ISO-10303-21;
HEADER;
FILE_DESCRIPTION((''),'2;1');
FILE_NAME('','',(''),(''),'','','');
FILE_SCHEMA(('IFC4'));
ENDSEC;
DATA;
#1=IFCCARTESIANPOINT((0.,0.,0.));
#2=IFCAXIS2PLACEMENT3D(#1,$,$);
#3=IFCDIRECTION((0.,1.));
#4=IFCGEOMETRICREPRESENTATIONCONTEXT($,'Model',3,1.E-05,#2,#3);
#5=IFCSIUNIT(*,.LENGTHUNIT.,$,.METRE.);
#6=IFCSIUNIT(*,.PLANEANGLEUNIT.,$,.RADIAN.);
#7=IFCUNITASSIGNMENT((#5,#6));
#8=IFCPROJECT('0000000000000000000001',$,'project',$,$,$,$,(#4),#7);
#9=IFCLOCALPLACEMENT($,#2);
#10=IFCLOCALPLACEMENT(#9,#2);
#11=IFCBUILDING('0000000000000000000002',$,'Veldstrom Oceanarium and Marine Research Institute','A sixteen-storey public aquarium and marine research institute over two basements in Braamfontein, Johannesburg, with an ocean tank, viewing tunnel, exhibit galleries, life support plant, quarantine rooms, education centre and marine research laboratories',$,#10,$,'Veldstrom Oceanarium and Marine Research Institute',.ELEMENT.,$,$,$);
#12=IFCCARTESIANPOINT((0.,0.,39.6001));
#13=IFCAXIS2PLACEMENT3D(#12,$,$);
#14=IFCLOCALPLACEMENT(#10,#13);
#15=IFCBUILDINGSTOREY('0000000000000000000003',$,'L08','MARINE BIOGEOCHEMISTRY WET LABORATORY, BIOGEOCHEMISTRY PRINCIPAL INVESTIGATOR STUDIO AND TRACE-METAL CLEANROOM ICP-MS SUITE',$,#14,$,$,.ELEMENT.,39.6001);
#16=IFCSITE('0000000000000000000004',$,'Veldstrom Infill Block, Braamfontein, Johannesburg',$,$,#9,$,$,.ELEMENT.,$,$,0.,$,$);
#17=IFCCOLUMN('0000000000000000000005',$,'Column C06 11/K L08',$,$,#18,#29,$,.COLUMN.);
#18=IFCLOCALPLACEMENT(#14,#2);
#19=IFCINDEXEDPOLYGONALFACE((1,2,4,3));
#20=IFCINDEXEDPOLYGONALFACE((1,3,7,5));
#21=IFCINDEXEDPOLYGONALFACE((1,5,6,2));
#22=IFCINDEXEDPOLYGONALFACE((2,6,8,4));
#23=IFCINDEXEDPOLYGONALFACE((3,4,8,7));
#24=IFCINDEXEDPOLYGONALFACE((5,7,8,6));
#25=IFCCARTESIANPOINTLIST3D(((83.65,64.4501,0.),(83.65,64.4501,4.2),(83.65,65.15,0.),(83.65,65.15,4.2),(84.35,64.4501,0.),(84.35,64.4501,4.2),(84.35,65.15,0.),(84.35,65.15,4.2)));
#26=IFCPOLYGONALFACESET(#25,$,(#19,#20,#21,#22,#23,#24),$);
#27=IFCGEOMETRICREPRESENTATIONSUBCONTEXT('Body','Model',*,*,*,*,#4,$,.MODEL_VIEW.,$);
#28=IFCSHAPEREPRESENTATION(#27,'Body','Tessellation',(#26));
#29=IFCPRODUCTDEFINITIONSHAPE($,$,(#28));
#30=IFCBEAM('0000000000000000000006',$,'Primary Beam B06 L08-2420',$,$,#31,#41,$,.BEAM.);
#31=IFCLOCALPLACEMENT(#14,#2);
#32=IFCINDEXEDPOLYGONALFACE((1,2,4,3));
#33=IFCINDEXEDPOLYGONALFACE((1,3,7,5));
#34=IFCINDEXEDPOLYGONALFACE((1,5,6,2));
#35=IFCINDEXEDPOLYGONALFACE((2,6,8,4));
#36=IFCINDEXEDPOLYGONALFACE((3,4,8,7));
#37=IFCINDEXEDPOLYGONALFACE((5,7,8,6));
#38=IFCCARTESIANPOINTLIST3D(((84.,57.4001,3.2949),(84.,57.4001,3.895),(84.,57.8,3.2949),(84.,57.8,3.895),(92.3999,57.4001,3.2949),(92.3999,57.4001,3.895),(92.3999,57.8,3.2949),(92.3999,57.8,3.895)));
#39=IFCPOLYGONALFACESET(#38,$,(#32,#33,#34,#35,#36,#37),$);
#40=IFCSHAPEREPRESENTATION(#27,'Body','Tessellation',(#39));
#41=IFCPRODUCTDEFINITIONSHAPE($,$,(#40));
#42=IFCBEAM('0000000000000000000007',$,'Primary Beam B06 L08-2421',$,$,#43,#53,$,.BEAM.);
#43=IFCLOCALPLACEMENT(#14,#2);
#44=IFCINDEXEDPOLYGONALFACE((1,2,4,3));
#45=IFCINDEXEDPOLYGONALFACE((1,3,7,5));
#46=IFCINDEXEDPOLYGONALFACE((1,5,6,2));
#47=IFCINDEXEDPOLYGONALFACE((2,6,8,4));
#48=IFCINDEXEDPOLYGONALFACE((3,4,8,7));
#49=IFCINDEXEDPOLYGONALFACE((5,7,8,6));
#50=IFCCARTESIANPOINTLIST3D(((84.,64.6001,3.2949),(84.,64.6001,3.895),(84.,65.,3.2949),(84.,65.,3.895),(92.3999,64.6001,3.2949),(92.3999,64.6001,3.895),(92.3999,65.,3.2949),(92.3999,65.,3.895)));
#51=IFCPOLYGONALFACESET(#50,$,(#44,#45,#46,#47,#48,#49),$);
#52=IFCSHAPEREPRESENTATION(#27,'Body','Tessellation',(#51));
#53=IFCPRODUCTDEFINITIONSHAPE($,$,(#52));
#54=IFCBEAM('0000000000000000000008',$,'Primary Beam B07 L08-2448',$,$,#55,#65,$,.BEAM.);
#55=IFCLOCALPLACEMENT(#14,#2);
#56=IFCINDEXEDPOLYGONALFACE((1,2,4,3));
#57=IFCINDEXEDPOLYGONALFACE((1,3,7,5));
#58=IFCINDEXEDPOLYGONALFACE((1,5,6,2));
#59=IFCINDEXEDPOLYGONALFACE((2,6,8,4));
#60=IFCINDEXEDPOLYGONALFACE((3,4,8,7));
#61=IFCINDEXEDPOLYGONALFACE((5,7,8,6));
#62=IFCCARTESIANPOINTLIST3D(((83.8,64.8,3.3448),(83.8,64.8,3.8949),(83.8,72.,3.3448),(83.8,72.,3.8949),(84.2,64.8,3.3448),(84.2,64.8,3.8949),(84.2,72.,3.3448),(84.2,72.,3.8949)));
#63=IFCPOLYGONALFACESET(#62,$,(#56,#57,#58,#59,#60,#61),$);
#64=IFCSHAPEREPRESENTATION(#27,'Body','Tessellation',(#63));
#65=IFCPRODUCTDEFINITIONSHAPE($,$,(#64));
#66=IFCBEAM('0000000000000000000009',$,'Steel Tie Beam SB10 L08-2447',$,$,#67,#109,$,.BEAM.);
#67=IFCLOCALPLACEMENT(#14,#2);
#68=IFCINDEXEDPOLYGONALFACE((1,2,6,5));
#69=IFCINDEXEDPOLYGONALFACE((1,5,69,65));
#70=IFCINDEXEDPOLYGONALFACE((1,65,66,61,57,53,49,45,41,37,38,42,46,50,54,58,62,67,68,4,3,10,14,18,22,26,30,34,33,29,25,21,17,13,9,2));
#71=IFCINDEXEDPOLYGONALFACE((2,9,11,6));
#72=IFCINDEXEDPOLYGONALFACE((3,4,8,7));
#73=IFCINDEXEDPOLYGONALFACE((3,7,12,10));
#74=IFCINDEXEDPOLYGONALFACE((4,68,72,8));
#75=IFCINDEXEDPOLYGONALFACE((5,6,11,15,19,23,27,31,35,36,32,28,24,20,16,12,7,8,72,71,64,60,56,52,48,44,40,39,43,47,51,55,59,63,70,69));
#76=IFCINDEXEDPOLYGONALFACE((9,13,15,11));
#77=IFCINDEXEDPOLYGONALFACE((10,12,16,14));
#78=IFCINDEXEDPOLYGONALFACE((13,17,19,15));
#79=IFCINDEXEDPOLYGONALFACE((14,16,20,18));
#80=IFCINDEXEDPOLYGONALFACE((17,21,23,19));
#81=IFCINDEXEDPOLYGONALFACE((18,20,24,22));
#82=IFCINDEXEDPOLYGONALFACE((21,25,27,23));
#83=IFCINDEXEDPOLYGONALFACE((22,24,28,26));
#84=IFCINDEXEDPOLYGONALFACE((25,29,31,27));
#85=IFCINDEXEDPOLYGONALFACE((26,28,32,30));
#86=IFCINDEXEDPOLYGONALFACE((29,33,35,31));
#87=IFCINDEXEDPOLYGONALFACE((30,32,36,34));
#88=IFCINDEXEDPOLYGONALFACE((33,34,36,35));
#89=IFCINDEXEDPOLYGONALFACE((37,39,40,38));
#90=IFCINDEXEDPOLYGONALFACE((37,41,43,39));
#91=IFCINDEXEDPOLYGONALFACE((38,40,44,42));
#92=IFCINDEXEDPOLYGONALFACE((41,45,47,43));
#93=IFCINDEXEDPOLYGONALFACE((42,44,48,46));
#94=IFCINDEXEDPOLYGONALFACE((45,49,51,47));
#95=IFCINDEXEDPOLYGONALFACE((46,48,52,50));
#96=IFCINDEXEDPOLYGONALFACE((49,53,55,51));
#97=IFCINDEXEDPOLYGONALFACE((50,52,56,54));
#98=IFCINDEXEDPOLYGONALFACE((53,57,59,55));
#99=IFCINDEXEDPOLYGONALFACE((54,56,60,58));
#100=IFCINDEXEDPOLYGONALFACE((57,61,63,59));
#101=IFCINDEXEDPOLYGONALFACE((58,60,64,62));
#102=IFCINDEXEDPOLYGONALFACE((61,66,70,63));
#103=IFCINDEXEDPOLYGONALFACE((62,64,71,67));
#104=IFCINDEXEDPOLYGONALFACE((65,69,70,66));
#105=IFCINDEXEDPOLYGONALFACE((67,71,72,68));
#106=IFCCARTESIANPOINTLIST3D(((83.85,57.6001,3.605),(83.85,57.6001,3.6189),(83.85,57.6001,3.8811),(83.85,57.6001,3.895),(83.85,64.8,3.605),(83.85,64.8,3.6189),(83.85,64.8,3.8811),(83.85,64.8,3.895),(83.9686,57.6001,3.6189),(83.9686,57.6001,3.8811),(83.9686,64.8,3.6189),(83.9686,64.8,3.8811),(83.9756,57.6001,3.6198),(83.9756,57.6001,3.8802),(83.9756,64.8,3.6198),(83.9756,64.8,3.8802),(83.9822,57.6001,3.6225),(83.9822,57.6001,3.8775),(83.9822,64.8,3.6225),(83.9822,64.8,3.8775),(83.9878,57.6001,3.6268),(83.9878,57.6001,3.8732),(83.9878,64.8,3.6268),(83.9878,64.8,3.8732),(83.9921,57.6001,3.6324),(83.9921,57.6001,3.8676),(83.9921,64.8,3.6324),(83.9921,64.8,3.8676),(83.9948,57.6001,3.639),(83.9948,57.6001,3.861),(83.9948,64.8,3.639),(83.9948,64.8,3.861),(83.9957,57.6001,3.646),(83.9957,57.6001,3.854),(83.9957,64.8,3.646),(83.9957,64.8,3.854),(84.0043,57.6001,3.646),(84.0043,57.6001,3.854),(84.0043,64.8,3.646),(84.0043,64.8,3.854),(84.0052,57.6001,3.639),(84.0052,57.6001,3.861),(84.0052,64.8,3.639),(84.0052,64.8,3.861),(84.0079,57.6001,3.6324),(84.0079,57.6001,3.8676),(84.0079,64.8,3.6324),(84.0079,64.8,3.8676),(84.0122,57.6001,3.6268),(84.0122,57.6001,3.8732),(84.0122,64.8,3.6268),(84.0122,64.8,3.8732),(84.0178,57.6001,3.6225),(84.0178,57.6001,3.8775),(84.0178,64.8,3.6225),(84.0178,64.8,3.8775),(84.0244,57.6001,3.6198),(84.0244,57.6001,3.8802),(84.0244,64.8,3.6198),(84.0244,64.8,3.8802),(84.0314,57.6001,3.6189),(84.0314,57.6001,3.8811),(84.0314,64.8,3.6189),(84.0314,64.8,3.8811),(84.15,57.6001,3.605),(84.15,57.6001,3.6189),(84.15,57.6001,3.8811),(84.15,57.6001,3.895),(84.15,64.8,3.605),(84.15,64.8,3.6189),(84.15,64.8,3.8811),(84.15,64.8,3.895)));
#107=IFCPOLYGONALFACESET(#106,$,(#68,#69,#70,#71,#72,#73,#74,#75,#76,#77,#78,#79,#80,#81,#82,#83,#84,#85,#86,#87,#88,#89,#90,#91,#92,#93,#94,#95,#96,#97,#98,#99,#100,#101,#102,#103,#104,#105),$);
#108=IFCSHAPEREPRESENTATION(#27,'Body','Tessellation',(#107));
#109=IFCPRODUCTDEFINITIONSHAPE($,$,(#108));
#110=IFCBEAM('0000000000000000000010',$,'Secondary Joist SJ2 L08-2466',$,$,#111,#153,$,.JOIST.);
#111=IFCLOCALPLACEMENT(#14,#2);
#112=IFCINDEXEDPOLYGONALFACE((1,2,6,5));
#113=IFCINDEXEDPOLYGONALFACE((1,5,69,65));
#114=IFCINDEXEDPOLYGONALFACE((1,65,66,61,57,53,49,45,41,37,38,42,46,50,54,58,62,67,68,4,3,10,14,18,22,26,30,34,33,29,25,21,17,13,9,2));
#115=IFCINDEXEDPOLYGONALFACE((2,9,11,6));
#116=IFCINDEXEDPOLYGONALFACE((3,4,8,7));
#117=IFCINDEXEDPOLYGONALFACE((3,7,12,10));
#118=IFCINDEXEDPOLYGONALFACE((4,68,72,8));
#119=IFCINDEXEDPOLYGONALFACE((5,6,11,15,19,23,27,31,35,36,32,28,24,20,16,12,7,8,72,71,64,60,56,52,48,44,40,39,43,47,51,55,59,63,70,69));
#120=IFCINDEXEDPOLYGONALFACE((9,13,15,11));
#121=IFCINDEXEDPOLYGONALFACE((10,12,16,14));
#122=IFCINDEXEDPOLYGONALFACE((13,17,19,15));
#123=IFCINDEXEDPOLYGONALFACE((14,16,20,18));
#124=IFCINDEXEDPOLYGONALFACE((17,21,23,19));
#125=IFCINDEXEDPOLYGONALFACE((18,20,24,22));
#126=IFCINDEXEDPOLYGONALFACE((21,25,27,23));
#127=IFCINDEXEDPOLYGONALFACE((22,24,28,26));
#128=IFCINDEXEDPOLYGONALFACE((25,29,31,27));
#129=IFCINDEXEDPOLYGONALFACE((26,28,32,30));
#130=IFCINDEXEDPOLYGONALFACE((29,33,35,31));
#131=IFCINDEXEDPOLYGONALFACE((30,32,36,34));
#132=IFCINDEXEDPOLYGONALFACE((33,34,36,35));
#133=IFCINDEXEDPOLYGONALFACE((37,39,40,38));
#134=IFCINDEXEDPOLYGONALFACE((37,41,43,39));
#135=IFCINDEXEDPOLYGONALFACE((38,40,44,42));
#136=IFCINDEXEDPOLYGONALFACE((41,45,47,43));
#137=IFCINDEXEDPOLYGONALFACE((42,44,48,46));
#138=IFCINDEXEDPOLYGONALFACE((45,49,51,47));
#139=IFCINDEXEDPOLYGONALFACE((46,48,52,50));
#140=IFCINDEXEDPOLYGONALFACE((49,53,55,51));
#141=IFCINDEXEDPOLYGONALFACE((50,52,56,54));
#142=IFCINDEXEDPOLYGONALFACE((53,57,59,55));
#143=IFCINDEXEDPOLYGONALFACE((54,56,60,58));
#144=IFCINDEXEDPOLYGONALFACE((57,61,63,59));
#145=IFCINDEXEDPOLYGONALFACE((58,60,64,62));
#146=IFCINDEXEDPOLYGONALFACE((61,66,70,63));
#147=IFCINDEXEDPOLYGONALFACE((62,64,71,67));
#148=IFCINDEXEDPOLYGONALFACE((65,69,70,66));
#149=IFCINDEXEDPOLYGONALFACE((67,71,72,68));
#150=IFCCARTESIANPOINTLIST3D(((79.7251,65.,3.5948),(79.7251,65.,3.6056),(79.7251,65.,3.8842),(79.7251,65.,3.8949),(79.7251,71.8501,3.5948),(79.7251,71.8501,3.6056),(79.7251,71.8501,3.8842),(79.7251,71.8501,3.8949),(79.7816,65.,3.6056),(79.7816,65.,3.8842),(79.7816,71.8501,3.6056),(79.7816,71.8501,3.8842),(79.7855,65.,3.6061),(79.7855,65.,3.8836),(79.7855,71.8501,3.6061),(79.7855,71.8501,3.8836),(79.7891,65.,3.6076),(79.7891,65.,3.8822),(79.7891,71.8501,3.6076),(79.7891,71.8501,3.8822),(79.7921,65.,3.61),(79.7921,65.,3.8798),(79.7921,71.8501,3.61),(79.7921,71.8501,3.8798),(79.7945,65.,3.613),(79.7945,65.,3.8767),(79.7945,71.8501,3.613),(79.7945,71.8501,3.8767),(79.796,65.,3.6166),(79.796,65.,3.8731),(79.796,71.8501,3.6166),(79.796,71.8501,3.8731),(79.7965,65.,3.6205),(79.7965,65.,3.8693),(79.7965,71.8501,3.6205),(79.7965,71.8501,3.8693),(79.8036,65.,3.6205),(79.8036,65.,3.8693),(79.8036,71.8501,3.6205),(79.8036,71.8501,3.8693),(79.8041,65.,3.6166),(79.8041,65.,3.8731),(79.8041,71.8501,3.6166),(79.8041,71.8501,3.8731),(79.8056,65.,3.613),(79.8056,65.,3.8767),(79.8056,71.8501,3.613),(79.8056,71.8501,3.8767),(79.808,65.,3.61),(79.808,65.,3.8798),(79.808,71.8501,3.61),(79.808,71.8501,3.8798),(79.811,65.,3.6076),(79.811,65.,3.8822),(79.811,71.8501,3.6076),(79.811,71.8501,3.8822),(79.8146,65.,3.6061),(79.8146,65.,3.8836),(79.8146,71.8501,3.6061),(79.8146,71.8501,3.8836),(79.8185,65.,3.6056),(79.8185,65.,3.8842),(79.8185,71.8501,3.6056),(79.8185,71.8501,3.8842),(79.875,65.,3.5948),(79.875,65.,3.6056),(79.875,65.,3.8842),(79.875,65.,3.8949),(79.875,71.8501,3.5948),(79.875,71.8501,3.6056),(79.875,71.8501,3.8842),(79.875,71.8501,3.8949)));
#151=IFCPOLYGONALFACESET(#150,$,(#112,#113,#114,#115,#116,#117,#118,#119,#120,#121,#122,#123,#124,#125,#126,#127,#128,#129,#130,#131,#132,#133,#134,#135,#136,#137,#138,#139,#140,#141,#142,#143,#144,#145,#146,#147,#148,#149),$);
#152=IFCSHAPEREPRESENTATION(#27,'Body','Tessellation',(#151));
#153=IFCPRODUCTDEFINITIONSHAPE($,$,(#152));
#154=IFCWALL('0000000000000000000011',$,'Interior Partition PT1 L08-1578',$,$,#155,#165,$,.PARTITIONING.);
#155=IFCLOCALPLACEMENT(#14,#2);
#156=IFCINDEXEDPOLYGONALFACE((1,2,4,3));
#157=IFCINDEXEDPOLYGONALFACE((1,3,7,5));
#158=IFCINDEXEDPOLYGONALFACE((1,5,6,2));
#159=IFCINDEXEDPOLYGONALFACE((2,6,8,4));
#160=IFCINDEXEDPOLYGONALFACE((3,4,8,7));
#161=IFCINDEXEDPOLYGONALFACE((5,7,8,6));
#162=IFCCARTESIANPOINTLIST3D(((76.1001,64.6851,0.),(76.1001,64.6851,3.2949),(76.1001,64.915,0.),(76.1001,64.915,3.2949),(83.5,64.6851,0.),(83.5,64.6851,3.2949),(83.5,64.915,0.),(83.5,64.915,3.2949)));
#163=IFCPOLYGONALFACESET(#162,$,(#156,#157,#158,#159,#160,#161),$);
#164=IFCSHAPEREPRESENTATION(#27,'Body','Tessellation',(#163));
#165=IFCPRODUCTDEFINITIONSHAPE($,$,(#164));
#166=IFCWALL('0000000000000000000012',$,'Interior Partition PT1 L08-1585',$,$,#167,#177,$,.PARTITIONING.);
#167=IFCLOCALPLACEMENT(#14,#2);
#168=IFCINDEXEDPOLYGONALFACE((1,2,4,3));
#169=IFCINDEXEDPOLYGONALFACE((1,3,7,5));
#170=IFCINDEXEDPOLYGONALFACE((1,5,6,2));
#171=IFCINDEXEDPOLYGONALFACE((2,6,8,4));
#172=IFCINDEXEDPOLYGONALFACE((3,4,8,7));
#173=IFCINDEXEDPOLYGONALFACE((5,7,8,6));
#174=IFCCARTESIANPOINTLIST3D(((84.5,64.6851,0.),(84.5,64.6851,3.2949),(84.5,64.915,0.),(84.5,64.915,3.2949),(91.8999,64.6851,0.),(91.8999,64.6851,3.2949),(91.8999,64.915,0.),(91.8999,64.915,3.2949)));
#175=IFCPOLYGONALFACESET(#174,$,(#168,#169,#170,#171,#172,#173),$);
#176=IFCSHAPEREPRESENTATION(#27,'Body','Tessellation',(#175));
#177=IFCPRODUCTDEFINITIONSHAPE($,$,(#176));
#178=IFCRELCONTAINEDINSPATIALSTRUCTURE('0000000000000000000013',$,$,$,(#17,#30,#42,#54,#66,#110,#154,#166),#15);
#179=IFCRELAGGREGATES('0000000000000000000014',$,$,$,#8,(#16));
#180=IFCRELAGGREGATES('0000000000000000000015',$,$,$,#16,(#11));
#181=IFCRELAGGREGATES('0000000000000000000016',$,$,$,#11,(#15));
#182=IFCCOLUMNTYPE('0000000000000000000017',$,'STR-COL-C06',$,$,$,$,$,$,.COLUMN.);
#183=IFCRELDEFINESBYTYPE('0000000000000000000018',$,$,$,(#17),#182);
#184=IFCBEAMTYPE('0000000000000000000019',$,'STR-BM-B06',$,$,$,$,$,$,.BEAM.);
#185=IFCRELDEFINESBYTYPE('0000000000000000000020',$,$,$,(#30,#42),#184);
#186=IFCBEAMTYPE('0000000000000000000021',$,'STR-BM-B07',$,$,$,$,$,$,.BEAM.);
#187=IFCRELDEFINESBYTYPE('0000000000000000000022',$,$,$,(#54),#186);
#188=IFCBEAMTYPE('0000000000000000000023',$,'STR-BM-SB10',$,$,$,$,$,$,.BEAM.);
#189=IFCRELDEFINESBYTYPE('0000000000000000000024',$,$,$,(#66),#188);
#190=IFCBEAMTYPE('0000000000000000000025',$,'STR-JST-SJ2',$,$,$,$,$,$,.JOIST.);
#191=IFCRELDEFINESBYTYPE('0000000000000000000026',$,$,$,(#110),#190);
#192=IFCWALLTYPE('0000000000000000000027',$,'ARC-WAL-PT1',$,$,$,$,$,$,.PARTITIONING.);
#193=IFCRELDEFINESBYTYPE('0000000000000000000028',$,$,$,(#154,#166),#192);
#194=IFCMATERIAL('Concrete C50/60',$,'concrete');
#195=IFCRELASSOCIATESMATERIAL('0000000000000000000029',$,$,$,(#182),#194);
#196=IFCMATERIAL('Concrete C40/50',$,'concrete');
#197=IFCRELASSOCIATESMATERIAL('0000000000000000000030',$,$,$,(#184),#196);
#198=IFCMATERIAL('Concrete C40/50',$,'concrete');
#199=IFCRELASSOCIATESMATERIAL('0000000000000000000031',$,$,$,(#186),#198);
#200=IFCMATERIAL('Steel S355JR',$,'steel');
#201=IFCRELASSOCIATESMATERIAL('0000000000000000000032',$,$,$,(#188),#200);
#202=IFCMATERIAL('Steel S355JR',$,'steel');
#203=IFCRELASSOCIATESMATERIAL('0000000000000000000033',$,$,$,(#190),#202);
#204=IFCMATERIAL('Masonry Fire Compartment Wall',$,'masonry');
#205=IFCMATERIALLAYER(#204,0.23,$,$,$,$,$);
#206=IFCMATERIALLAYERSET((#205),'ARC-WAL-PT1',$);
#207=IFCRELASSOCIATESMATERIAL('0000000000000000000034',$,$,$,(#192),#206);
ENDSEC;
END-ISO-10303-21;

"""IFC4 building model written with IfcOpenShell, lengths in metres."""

from ifc_helpers import new_model, si_unit, direction, frame, frame_2d, origin, origin_2d, place, context, subcontext, project, spatial, rectangle, i_section, extrude, material, layer, layer_set, material_profile, profile_set, type_object, element, save


model = new_model("IFC4")

# Units and contexts
model_context = context("Model", 3, precision=1e-05, world=origin(), true_north=direction((0.0, 1.0)))
body_context = subcontext(model_context, "Body", "Model", "MODEL_VIEW")
ifc_project = project(units=[si_unit("LENGTHUNIT", "METRE"), si_unit("PLANEANGLEUNIT", "RADIAN")], contexts=[model_context])

# Site, building, storey
site_placement = place(None, origin())
site = spatial("IfcSite", under=ifc_project, at=site_placement, Name="Veldstrom Infill Block, Braamfontein, Johannesburg", CompositionType="ELEMENT", RefElevation=0.0)
building_placement = place(site_placement, origin())
building = spatial("IfcBuilding", under=site, at=building_placement, Name="Veldstrom Oceanarium and Marine Research Institute", Description="A sixteen-storey public aquarium and marine research institute over two basements in Braamfontein, Johannesburg, with an ocean tank, viewing tunnel, exhibit galleries, life support plant, quarantine rooms, education centre and marine research laboratories", LongName="Veldstrom Oceanarium and Marine Research Institute", CompositionType="ELEMENT")
storey_placement = place(building_placement, frame((0.0, 0.0, 39.6001)))
storey = spatial("IfcBuildingStorey", under=building, at=storey_placement, Name="L08", Description="MARINE BIOGEOCHEMISTRY WET LABORATORY, BIOGEOCHEMISTRY PRINCIPAL INVESTIGATOR STUDIO AND TRACE-METAL CLEANROOM ICP-MS SUITE", CompositionType="ELEMENT", Elevation=39.6001)

# Column
ifc_material_1 = material(Name="Concrete C50/60", Category="concrete")
ifc_material_profile_1 = material_profile(ifc_material_1, rectangle(XDim=0.7, YDim=0.7, at=origin_2d()), Name="RC-COL-700x700")
ifc_profile_set_1 = profile_set([ifc_material_profile_1], Name="Concrete C50/60")
column_type = type_object("IfcColumnType", Name="STR-COL-C06", PredefinedType="COLUMN", material=ifc_profile_set_1)
column_placement = place(storey_placement, frame((84.0, 64.8, 0.0), z_axis=(0.0, 0.0, 1.0), x_axis=(1.0, 0.0, 0.0)))
element("IfcColumn", 1, at=column_placement, inside=storey, type_object=column_type, Name="Column C06 11/K L08", PredefinedType="COLUMN", context=body_context, shape_type="SweptSolid", body=[
    extrude(rectangle(XDim=0.7, YDim=0.7, at=origin_2d()), origin(), (0.0, 0.0, 1.0), 4.2),
])

# Beams
ifc_material_2 = material(Name="Concrete C40/50", Category="concrete")
ifc_material_profile_2 = material_profile(ifc_material_2, rectangle(XDim=0.3999, YDim=0.6001, at=origin_2d()), Name="RC-BM-400x600")
ifc_profile_set_2 = profile_set([ifc_material_profile_2], Name="Concrete C40/50")
beam_type_1 = type_object("IfcBeamType", Name="STR-BM-B06", PredefinedType="BEAM", material=ifc_profile_set_2)
for number, where, z_axis, x_axis, name in (
    (2, (84.0, 57.6001, 3.595), (1.0, 0.0, 0.0), (0.0, 1.0, 0.0), "Primary Beam B06 L08-2420"),
    (3, (84.0, 64.8, 3.595), (1.0, 0.0, 0.0), (0.0, 1.0, 0.0), "Primary Beam B06 L08-2421"),
):
    element("IfcBeam", number, at=place(storey_placement, frame(where, z_axis=z_axis, x_axis=x_axis)), inside=storey, type_object=beam_type_1, Name=name, PredefinedType="BEAM", context=body_context, shape_type="SweptSolid", body=[
        extrude(rectangle(XDim=0.3999, YDim=0.6001, at=origin_2d()), origin(), (0.0, 0.0, 1.0), 8.3999),
    ])
ifc_material_3 = material(Name="Concrete C40/50", Category="concrete")
ifc_material_profile_3 = material_profile(ifc_material_3, rectangle(XDim=0.3999, YDim=0.55, at=origin_2d()), Name="RC-BM-400x550")
ifc_profile_set_3 = profile_set([ifc_material_profile_3], Name="Concrete C40/50")
beam_type_2 = type_object("IfcBeamType", Name="STR-BM-B07", PredefinedType="BEAM", material=ifc_profile_set_3)
beam_1_placement = place(storey_placement, frame((84.0, 64.8, 3.6199), z_axis=(0.0, 1.0, 0.0), x_axis=(-1.0, 0.0, 0.0)))
element("IfcBeam", 4, at=beam_1_placement, inside=storey, type_object=beam_type_2, Name="Primary Beam B07 L08-2448", PredefinedType="BEAM", context=body_context, shape_type="SweptSolid", body=[
    extrude(rectangle(XDim=0.3999, YDim=0.55, at=origin_2d()), origin(), (0.0, 0.0, 1.0), 7.2),
])
ifc_material_4 = material(Name="Steel S355JR", Category="steel")
ifc_material_profile_4 = material_profile(ifc_material_4, i_section(OverallWidth=0.3, OverallDepth=0.29, WebThickness=0.0085, FlangeThickness=0.0139, FilletRadius=0.0271, at=origin_2d()), Name="HEA 300")
ifc_profile_set_4 = profile_set([ifc_material_profile_4], Name="Steel S355JR")
beam_type_3 = type_object("IfcBeamType", Name="STR-BM-SB10", PredefinedType="BEAM", material=ifc_profile_set_4)
beam_2_placement = place(storey_placement, frame((84.0, 57.6001, 3.75), z_axis=(0.0, 1.0, 0.0), x_axis=(-1.0, 0.0, 0.0)))
element("IfcBeam", 5, at=beam_2_placement, inside=storey, type_object=beam_type_3, Name="Steel Tie Beam SB10 L08-2447", PredefinedType="BEAM", context=body_context, shape_type="SweptSolid", body=[
    extrude(i_section(OverallWidth=0.3, OverallDepth=0.29, WebThickness=0.0085, FlangeThickness=0.0139, FilletRadius=0.0271, at=origin_2d()), origin(), (0.0, 0.0, 1.0), 7.2),
])
ifc_material_5 = material(Name="Steel S355JR", Category="steel")
ifc_material_profile_5 = material_profile(ifc_material_5, i_section(OverallWidth=0.1499, OverallDepth=0.3, WebThickness=0.0071, FlangeThickness=0.0107, FilletRadius=0.0149, at=origin_2d()), Name="IPE 300")
ifc_profile_set_5 = profile_set([ifc_material_profile_5], Name="Steel S355JR")
beam_type_4 = type_object("IfcBeamType", Name="STR-JST-SJ2", PredefinedType="JOIST", material=ifc_profile_set_5)
beam_3_placement = place(storey_placement, frame((79.8, 65.0, 3.7449), z_axis=(0.0, 1.0, 0.0), x_axis=(-1.0, 0.0, 0.0)))
element("IfcBeam", 6, at=beam_3_placement, inside=storey, type_object=beam_type_4, Name="Secondary Joist SJ2 L08-2466", PredefinedType="JOIST", context=body_context, shape_type="SweptSolid", body=[
    extrude(i_section(OverallWidth=0.1499, OverallDepth=0.3, WebThickness=0.0071, FlangeThickness=0.0107, FilletRadius=0.0149, at=origin_2d()), origin(), (0.0, 0.0, 1.0), 6.8501),
])

# Shared definitions
ifc_material_6 = material(Name="Masonry Fire Compartment Wall", Category="masonry")
ifc_layer_1 = layer(ifc_material_6, 0.23)
ifc_layer_set_1 = layer_set([ifc_layer_1], Name="ARC-WAL-PT1")
wall_type_1 = type_object("IfcWallType", Name="ARC-WAL-PT1", PredefinedType="PARTITIONING", material=ifc_layer_set_1)

# Wall
wall_1_placement = place(storey_placement, frame((76.1001, 64.8, 0.0), z_axis=(0.0, 0.0, 1.0), x_axis=(1.0, 0.0, 0.0)))
element("IfcWall", 7, at=wall_1_placement, inside=storey, type_object=wall_type_1, Name="Interior Partition PT1 L08-1578", PredefinedType="PARTITIONING", context=body_context, shape_type="SweptSolid", body=[
    extrude(rectangle(XDim=7.3999, YDim=0.23, at=frame_2d((3.7, 0.0))), origin(), (0.0, 0.0, 1.0), 3.2949),
])

# Wall
wall_2_placement = place(storey_placement, frame((84.5, 64.8, 0.0), z_axis=(0.0, 0.0, 1.0), x_axis=(1.0, 0.0, 0.0)))
element("IfcWall", 8, at=wall_2_placement, inside=storey, type_object=wall_type_1, Name="Interior Partition PT1 L08-1585", PredefinedType="PARTITIONING", context=body_context, shape_type="SweptSolid", body=[
    extrude(rectangle(XDim=7.3999, YDim=0.23, at=frame_2d((3.7, 0.0))), origin(), (0.0, 0.0, 1.0), 3.2949),
])

save(model, "model.ifc")
